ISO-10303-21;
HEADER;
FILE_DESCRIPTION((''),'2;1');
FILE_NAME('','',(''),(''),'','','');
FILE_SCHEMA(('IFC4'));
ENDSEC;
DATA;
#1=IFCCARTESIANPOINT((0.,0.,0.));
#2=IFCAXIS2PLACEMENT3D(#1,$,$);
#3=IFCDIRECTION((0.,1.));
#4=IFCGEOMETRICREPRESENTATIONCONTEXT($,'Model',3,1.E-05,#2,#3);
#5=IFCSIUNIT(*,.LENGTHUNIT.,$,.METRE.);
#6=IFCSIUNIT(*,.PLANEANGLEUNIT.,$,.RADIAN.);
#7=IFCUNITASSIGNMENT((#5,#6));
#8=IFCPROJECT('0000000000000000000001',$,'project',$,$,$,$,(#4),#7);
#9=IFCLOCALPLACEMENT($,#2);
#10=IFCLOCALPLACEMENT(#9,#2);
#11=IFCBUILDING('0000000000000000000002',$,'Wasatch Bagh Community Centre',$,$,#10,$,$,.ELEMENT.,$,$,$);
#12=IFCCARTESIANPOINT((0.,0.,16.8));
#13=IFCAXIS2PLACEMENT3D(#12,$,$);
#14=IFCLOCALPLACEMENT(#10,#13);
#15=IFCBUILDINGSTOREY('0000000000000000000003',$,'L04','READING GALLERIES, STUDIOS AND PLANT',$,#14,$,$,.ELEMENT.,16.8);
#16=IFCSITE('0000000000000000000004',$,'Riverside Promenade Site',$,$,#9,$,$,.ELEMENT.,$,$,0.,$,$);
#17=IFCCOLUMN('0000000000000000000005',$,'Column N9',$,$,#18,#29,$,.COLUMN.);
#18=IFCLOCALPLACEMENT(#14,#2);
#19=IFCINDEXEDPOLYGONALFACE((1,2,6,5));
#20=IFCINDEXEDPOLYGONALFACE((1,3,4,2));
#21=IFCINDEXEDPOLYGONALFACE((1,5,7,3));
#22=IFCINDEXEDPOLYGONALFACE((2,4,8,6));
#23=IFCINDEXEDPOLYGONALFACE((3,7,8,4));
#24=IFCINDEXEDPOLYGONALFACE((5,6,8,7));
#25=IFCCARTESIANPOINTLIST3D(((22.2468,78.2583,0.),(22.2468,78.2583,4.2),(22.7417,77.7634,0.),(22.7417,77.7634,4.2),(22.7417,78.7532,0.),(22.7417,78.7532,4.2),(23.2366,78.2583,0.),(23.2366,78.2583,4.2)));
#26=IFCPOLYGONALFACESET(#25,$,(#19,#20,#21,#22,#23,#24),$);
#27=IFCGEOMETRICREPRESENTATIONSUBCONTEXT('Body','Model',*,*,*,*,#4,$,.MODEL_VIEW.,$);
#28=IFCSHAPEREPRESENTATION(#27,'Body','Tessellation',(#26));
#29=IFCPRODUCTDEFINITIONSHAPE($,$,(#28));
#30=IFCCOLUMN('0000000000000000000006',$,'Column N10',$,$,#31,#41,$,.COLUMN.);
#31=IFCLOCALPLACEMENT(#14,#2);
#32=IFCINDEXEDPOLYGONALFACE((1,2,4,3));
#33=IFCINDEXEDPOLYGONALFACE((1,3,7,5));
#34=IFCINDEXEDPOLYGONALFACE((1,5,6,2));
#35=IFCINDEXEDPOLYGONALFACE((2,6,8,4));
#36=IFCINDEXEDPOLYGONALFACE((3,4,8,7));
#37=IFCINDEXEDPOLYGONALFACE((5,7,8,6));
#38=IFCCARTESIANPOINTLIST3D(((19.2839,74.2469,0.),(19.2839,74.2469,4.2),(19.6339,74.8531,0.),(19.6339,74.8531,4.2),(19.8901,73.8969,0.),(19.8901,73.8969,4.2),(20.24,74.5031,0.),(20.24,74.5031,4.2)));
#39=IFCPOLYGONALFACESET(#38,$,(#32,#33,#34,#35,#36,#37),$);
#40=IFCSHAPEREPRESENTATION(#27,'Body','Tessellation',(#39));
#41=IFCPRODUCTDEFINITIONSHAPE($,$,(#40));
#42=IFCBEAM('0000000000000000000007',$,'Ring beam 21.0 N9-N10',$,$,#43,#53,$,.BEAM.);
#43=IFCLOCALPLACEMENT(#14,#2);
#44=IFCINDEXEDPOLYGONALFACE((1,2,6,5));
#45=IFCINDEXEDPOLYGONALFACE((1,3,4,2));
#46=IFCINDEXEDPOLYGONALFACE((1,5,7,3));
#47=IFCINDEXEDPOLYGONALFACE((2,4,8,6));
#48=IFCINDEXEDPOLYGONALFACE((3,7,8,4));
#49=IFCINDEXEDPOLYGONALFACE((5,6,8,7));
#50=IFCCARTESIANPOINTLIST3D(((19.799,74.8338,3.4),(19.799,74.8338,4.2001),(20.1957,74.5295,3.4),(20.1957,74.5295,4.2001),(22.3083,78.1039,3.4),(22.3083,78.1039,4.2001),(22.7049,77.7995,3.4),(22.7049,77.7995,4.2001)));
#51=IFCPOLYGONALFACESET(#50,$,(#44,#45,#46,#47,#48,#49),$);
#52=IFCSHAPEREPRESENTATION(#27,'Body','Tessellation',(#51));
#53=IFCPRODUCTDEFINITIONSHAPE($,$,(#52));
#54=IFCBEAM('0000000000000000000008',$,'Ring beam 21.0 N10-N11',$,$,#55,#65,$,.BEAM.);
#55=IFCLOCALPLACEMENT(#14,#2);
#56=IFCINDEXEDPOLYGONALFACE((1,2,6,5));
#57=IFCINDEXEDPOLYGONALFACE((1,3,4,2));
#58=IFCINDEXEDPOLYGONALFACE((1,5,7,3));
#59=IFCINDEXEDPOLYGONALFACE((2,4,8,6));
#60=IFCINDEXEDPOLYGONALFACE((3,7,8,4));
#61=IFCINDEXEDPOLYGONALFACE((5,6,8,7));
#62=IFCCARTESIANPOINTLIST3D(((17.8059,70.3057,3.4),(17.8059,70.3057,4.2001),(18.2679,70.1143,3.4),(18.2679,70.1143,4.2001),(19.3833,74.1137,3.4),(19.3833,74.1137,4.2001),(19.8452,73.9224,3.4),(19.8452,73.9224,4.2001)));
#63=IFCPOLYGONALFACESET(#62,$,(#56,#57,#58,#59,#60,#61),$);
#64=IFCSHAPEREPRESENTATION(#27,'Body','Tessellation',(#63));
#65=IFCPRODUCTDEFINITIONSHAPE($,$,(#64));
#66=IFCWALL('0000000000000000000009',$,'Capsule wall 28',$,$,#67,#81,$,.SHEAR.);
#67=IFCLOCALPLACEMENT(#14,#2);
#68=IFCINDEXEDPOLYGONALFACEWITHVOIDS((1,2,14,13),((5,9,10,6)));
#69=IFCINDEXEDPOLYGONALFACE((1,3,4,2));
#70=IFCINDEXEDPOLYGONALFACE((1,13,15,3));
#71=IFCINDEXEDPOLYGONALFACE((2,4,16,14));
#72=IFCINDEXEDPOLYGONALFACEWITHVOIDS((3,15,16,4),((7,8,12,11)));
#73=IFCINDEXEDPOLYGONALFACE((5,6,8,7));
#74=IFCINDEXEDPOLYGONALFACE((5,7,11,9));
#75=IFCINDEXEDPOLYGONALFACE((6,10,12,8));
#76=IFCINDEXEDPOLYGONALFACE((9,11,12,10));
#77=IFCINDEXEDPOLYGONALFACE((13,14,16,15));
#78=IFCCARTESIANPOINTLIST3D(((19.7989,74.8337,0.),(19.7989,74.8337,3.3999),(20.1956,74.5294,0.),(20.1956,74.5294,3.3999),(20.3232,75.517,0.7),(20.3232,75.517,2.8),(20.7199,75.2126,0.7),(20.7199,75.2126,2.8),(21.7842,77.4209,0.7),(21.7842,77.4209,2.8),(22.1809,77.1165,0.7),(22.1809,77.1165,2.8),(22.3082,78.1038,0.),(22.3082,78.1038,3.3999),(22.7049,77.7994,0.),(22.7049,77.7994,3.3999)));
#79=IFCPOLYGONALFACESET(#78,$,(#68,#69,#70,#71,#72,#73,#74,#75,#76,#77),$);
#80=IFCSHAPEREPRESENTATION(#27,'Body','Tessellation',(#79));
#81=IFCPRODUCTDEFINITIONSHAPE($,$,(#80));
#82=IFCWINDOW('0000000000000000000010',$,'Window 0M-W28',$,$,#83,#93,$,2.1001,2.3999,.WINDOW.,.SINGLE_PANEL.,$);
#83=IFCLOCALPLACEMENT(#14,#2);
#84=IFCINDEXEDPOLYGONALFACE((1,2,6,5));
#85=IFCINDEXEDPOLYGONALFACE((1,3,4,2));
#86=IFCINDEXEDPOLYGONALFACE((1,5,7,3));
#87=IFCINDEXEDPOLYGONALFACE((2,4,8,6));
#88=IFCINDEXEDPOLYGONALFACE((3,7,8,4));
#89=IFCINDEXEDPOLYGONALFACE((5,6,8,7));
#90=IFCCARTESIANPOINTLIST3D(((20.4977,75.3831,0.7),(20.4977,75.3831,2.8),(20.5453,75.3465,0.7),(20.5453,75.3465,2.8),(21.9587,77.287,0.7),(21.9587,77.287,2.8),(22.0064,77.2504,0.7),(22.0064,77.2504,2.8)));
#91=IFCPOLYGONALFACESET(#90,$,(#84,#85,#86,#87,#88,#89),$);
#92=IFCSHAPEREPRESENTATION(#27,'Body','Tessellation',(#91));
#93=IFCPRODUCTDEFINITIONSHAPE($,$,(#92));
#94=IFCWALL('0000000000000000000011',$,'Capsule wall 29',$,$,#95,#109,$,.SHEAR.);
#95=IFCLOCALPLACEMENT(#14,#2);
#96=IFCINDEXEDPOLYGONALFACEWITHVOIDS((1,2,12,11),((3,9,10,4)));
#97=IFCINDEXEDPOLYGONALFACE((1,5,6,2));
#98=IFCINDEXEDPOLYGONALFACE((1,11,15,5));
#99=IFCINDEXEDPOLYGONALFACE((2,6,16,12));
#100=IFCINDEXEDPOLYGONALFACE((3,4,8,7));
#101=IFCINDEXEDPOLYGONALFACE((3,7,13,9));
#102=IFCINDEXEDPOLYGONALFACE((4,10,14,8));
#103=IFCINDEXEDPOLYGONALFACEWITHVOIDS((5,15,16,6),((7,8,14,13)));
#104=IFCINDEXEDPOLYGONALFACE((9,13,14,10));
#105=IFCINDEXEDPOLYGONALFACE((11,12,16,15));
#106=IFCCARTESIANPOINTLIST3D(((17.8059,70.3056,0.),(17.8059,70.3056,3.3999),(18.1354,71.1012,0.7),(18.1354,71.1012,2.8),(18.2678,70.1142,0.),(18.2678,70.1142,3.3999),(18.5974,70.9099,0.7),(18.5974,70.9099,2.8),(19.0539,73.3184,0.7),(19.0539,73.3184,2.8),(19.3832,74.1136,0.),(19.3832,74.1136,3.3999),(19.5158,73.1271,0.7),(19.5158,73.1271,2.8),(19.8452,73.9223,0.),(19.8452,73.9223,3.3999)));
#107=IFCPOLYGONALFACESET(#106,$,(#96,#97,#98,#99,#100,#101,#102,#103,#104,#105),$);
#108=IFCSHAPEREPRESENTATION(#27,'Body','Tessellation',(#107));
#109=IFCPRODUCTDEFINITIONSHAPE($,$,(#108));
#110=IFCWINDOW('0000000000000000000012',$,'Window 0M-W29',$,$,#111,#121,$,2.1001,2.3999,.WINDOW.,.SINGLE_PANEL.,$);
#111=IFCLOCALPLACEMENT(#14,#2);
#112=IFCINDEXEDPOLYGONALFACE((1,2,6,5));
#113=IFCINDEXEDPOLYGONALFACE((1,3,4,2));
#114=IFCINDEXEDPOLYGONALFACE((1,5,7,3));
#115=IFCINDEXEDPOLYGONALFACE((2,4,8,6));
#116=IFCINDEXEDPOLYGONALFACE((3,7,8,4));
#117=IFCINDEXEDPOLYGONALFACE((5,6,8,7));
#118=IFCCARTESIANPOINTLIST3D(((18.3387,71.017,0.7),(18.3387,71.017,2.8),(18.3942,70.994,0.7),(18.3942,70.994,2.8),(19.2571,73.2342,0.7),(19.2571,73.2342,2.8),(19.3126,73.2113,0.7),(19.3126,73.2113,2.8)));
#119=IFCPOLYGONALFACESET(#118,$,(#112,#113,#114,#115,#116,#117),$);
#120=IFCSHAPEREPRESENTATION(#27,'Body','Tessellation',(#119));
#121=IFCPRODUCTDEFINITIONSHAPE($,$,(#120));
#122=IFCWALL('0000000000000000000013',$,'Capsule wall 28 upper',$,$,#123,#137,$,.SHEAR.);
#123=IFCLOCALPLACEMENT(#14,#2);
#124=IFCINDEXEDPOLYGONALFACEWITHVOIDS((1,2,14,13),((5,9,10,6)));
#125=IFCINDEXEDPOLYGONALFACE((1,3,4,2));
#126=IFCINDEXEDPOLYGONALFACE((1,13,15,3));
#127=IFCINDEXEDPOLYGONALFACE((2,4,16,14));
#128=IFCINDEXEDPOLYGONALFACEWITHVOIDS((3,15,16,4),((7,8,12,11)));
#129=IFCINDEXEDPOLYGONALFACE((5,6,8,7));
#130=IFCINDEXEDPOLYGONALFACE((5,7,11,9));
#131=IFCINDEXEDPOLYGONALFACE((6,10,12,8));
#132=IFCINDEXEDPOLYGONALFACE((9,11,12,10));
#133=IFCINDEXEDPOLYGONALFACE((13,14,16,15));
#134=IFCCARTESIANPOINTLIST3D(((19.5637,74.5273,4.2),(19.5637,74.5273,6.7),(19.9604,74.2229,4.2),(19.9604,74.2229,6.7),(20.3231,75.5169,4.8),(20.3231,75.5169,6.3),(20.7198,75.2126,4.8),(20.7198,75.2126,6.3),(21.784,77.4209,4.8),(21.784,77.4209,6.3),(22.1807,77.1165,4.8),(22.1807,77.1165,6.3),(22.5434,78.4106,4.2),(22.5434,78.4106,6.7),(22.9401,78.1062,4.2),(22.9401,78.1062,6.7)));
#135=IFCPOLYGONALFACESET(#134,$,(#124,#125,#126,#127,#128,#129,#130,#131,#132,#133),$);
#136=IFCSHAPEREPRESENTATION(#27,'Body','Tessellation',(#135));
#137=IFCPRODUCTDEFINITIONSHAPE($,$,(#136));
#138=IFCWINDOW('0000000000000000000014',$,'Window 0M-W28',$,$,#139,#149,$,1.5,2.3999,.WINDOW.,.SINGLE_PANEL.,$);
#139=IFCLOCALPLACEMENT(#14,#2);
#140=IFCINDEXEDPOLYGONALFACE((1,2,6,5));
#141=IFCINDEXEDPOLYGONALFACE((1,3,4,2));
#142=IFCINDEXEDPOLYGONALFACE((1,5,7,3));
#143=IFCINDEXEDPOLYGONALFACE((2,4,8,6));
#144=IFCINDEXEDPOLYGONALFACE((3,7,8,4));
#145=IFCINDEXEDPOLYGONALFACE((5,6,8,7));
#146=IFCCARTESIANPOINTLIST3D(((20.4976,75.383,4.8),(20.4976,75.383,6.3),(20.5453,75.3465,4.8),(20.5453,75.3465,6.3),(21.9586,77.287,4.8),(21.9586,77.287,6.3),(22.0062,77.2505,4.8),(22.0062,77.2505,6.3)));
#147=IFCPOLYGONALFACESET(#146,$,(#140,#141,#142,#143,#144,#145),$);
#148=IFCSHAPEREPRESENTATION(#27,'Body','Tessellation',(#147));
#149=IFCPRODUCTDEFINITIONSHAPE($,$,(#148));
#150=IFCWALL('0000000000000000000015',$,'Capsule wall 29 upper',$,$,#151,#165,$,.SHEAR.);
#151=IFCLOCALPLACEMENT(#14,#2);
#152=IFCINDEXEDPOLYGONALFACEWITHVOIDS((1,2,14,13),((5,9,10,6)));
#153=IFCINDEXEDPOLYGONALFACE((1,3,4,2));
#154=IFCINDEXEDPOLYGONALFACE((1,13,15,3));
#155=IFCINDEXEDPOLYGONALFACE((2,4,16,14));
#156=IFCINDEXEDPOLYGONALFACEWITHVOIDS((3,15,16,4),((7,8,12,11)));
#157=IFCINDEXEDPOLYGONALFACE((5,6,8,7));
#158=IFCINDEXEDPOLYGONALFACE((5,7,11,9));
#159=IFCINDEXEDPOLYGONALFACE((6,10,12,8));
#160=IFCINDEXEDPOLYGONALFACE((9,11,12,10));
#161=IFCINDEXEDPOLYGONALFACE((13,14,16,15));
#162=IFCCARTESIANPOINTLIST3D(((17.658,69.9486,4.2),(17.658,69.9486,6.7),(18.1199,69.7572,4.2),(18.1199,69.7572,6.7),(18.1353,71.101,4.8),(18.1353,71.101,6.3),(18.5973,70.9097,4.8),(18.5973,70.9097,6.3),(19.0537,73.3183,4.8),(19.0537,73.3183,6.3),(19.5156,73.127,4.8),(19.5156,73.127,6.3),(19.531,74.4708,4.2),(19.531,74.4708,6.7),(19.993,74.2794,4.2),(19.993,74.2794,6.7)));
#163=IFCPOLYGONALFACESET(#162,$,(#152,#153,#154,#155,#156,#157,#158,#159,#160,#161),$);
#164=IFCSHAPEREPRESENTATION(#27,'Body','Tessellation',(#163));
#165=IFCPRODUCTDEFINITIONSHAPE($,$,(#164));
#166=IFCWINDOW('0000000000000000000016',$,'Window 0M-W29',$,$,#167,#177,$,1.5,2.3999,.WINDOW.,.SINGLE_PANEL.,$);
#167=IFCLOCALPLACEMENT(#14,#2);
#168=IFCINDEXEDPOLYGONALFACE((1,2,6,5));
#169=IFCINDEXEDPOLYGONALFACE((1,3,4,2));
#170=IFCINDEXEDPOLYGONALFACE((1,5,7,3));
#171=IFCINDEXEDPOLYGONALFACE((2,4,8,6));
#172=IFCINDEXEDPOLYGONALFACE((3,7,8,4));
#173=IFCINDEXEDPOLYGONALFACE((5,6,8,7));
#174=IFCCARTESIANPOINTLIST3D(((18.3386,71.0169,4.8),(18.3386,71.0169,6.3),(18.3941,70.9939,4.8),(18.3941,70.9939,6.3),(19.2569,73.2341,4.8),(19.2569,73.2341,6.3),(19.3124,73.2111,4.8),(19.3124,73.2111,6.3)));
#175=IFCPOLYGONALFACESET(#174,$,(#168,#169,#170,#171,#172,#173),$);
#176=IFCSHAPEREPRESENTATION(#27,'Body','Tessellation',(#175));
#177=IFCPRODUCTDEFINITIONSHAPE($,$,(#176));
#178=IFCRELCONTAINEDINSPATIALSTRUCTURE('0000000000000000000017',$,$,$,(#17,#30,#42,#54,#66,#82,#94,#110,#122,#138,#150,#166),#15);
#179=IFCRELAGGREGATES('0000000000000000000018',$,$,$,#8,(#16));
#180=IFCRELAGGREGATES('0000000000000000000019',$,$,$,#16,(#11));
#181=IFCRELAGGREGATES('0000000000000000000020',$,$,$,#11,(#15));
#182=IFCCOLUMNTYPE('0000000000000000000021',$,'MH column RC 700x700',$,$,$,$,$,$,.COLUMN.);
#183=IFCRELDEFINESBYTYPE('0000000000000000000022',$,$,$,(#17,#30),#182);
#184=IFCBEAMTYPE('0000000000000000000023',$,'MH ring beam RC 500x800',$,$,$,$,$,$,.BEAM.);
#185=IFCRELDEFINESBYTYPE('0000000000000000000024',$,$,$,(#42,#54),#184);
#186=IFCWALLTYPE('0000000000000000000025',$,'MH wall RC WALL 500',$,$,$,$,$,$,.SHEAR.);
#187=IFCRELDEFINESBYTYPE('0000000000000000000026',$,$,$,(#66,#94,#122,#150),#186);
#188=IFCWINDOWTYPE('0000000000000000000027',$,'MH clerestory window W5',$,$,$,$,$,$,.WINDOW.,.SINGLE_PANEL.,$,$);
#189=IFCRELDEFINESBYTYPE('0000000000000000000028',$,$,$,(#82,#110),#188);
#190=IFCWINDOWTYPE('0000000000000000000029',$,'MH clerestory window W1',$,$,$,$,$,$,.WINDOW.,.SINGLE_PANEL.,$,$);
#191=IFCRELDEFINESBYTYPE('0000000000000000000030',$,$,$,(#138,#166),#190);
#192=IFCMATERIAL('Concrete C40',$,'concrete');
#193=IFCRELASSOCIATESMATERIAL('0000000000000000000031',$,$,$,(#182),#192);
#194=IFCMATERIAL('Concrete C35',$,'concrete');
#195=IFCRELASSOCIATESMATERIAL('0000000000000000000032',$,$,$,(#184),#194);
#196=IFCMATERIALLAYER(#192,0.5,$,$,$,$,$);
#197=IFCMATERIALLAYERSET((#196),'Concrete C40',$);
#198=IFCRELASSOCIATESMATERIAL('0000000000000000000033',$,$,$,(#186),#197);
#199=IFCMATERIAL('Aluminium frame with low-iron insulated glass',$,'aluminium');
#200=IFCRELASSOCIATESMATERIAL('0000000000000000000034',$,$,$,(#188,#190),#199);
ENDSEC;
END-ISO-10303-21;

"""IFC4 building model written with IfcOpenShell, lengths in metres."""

from ifc_helpers import new_model, si_unit, direction, frame, frame_2d, origin, origin_2d, place, context, subcontext, project, spatial, rectangle, extrude, material, layer, layer_set, material_profile, profile_set, type_object, element, fill, save


model = new_model("IFC4")

# Units and contexts
model_context = context("Model", 3, precision=1e-05, world=origin(), true_north=direction((0.0, 1.0)))
body_context = subcontext(model_context, "Body", "Model", "MODEL_VIEW")
ifc_project = project(units=[si_unit("LENGTHUNIT", "METRE"), si_unit("PLANEANGLEUNIT", "RADIAN")], contexts=[model_context])

# Site, building, storey
site_placement = place(None, origin())
site = spatial("IfcSite", under=ifc_project, at=site_placement, Name="Riverside Promenade Site", CompositionType="ELEMENT", RefElevation=0.0)
building_placement = place(site_placement, origin())
building = spatial("IfcBuilding", under=site, at=building_placement, Name="Wasatch Bagh Community Centre", CompositionType="ELEMENT")
storey_placement = place(building_placement, frame((0.0, 0.0, 16.8)))
storey = spatial("IfcBuildingStorey", under=building, at=storey_placement, Name="L04", Description="READING GALLERIES, STUDIOS AND PLANT", CompositionType="ELEMENT", Elevation=16.8)

# Columns
ifc_material_1 = material(Name="Concrete C40", Category="concrete")
ifc_material_profile_1 = material_profile(ifc_material_1, rectangle(XDim=0.7, YDim=0.7, at=origin_2d()), Name="RC 700x700")
ifc_profile_set_1 = profile_set([ifc_material_profile_1], Name="Concrete C40")
column_type = type_object("IfcColumnType", Name="MH column RC 700x700", PredefinedType="COLUMN", material=ifc_profile_set_1)
for number, where, z_axis, x_axis, name in (
    (1, (22.7417, 78.2583, 0.0), (0.0, 0.0, 1.0), (0.707107, 0.707107, 0.0), "Column N9"),
    (2, (19.762, 74.375, 0.0), (0.0, 0.0, 1.0), (0.5, 0.866025, 0.0), "Column N10"),
):
    element("IfcColumn", number, at=place(storey_placement, frame(where, z_axis=z_axis, x_axis=x_axis)), inside=storey, type_object=column_type, Name=name, PredefinedType="COLUMN", context=body_context, shape_type="SweptSolid", body=[
        extrude(rectangle(XDim=0.7, YDim=0.7, at=origin_2d()), origin(), (0.0, 0.0, 1.0), 4.2),
    ])

# Beams
ifc_material_2 = material(Name="Concrete C35", Category="concrete")
ifc_material_profile_2 = material_profile(ifc_material_2, rectangle(XDim=0.5, YDim=0.8, at=origin_2d()), Name="RC 500x800")
ifc_profile_set_2 = profile_set([ifc_material_profile_2], Name="Concrete C35")
beam_type = type_object("IfcBeamType", Name="MH ring beam RC 500x800", PredefinedType="BEAM", material=ifc_profile_set_2)
for number, where, z_axis, x_axis, name in (
    (3, (22.5066, 77.9517, 3.8), (-0.608777, -0.793341, 0.0), (0.793341, -0.608777, 0.0), "Ring beam 21.0 N9-N10"),
    (4, (19.6143, 74.0181, 3.8), (-0.382688, -0.923878, 0.0), (0.923878, -0.382688, 0.0), "Ring beam 21.0 N10-N11"),
):
    element("IfcBeam", number, at=place(storey_placement, frame(where, z_axis=z_axis, x_axis=x_axis)), inside=storey, type_object=beam_type, Name=name, PredefinedType="BEAM", context=body_context, shape_type="SweptSolid", body=[
        extrude(rectangle(XDim=0.5, YDim=0.8, at=origin_2d()), origin(), (0.0, 0.0, 1.0), 4.1218),
    ])

# Walls, openings, windows
ifc_layer_1 = layer(ifc_material_1, 0.5)
ifc_layer_set_1 = layer_set([ifc_layer_1], Name="Concrete C40")
wall_type = type_object("IfcWallType", Name="MH wall RC WALL 500", PredefinedType="SHEAR", material=ifc_layer_set_1)
wall_1_placement = place(storey_placement, frame((22.5066, 77.9517, 0.0), z_axis=(0.0, 0.0, 1.0), x_axis=(-0.608777, -0.793341, 0.0)))
wall_1 = element("IfcWall", 5, at=wall_1_placement, inside=storey, type_object=wall_type, Name="Capsule wall 28", PredefinedType="SHEAR", context=body_context, shape_type="SweptSolid", body=[
    extrude(rectangle(XDim=4.1218, YDim=0.5, at=frame_2d((2.061, 0.0))), origin(), (0.0, 0.0, 1.0), 3.3999),
])
opening_1_placement = place(wall_1_placement, frame((0.8608, 0.0, 0.7)))
opening_1 = element("IfcOpeningElement", 6, at=opening_1_placement, cuts=wall_1, PredefinedType="OPENING", context=body_context, shape_type="SweptSolid", body=[
    extrude(rectangle(XDim=2.3999, YDim=2.1001, at=frame_2d((1.2, 1.05))), frame((0.0, 0.26, 0.0), z_axis=(0.0, -1.0, 0.0), x_axis=(1.0, 0.0, 0.0)), (0.0, 0.0, 1.0), 0.52),
])
ifc_material_3 = material(Name="Aluminium frame with low-iron insulated glass", Category="aluminium")
window_type_1 = type_object("IfcWindowType", Name="MH clerestory window W5", PartitioningType="SINGLE_PANEL", PredefinedType="WINDOW", material=ifc_material_3)
window_1_placement = place(opening_1_placement, origin())
window_1 = element("IfcWindow", 7, at=window_1_placement, inside=storey, type_object=window_type_1, Name="Window 0M-W28", OverallHeight=2.1001, OverallWidth=2.3999, PartitioningType="SINGLE_PANEL", PredefinedType="WINDOW", context=body_context, shape_type="SweptSolid", body=[
    extrude(rectangle(XDim=2.3999, YDim=2.1001, at=frame_2d((1.2, 1.05))), frame((0.0, 0.03, 0.0), z_axis=(0.0, -1.0, 0.0), x_axis=(1.0, 0.0, 0.0)), (0.0, 0.0, 1.0), 0.0601),
])
fill(opening_1, window_1)
wall_2_placement = place(storey_placement, frame((19.6143, 74.0181, 0.0), z_axis=(0.0, 0.0, 1.0), x_axis=(-0.382688, -0.923878, 0.0)))
wall_2 = element("IfcWall", 8, at=wall_2_placement, inside=storey, type_object=wall_type, Name="Capsule wall 29", PredefinedType="SHEAR", context=body_context, shape_type="SweptSolid", body=[
    extrude(rectangle(XDim=4.1218, YDim=0.5, at=frame_2d((2.061, 0.0))), origin(), (0.0, 0.0, 1.0), 3.3999),
])
opening_2_placement = place(wall_2_placement, frame((0.8608, 0.0, 0.7)))
opening_2 = element("IfcOpeningElement", 9, at=opening_2_placement, cuts=wall_2, PredefinedType="OPENING", context=body_context, shape_type="SweptSolid", body=[
    extrude(rectangle(XDim=2.3999, YDim=2.1001, at=frame_2d((1.2, 1.05))), frame((0.0, 0.26, 0.0), z_axis=(0.0, -1.0, 0.0), x_axis=(1.0, 0.0, 0.0)), (0.0, 0.0, 1.0), 0.52),
])
window_2_placement = place(opening_2_placement, origin())
window_2 = element("IfcWindow", 10, at=window_2_placement, inside=storey, type_object=window_type_1, Name="Window 0M-W29", OverallHeight=2.1001, OverallWidth=2.3999, PartitioningType="SINGLE_PANEL", PredefinedType="WINDOW", context=body_context, shape_type="SweptSolid", body=[
    extrude(rectangle(XDim=2.3999, YDim=2.1001, at=frame_2d((1.2, 1.05))), frame((0.0, 0.03, 0.0), z_axis=(0.0, -1.0, 0.0), x_axis=(1.0, 0.0, 0.0)), (0.0, 0.0, 1.0), 0.0601),
])
fill(opening_2, window_2)
wall_3_placement = place(storey_placement, frame((22.7417, 78.2583, 4.2), z_axis=(0.0, 0.0, 1.0), x_axis=(-0.608758, -0.793356, 0.0)))
wall_3 = element("IfcWall", 11, at=wall_3_placement, inside=storey, type_object=wall_type, Name="Capsule wall 28 upper", PredefinedType="SHEAR", context=body_context, shape_type="SweptSolid", body=[
    extrude(rectangle(XDim=4.8948, YDim=0.5, at=frame_2d((2.4473, 0.0))), origin(), (0.0, 0.0, 1.0), 2.5),
])
opening_3_placement = place(wall_3_placement, frame((1.2473, 0.0, 0.6001)))
opening_3 = element("IfcOpeningElement", 12, at=opening_3_placement, cuts=wall_3, PredefinedType="OPENING", context=body_context, shape_type="SweptSolid", body=[
    extrude(rectangle(XDim=2.3999, YDim=1.5, at=frame_2d((1.2, 0.75))), frame((0.0, 0.26, 0.0), z_axis=(0.0, -1.0, 0.0), x_axis=(1.0, 0.0, 0.0)), (0.0, 0.0, 1.0), 0.52),
])
window_type_2 = type_object("IfcWindowType", Name="MH clerestory window W1", PartitioningType="SINGLE_PANEL", PredefinedType="WINDOW", material=ifc_material_3)
window_3_placement = place(opening_3_placement, origin())
window_3 = element("IfcWindow", 13, at=window_3_placement, inside=storey, type_object=window_type_2, Name="Window 0M-W28", OverallHeight=1.5, OverallWidth=2.3999, PartitioningType="SINGLE_PANEL", PredefinedType="WINDOW", context=body_context, shape_type="SweptSolid", body=[
    extrude(rectangle(XDim=2.3999, YDim=1.5, at=frame_2d((1.2, 0.75))), frame((0.0, 0.03, 0.0), z_axis=(0.0, -1.0, 0.0), x_axis=(1.0, 0.0, 0.0)), (0.0, 0.0, 1.0), 0.0601),
])
fill(opening_3, window_3)
wall_4_placement = place(storey_placement, frame((19.762, 74.375, 4.2), z_axis=(0.0, 0.0, 1.0), x_axis=(-0.382663, -0.923888, 0.0)))
wall_4 = element("IfcWall", 14, at=wall_4_placement, inside=storey, type_object=wall_type, Name="Capsule wall 29 upper", PredefinedType="SHEAR", context=body_context, shape_type="SweptSolid", body=[
    extrude(rectangle(XDim=4.8948, YDim=0.5, at=frame_2d((2.4473, 0.0))), origin(), (0.0, 0.0, 1.0), 2.5),
])
opening_4_placement = place(wall_4_placement, frame((1.2473, 0.0, 0.6001)))
opening_4 = element("IfcOpeningElement", 15, at=opening_4_placement, cuts=wall_4, PredefinedType="OPENING", context=body_context, shape_type="SweptSolid", body=[
    extrude(rectangle(XDim=2.3999, YDim=1.5, at=frame_2d((1.2, 0.75))), frame((0.0, 0.26, 0.0), z_axis=(0.0, -1.0, 0.0), x_axis=(1.0, 0.0, 0.0)), (0.0, 0.0, 1.0), 0.52),
])
window_4_placement = place(opening_4_placement, origin())
window_4 = element("IfcWindow", 16, at=window_4_placement, inside=storey, type_object=window_type_2, Name="Window 0M-W29", OverallHeight=1.5, OverallWidth=2.3999, PartitioningType="SINGLE_PANEL", PredefinedType="WINDOW", context=body_context, shape_type="SweptSolid", body=[
    extrude(rectangle(XDim=2.3999, YDim=1.5, at=frame_2d((1.2, 0.75))), frame((0.0, 0.03, 0.0), z_axis=(0.0, -1.0, 0.0), x_axis=(1.0, 0.0, 0.0)), (0.0, 0.0, 1.0), 0.0601),
])
fill(opening_4, window_4)

save(model, "model.ifc")
